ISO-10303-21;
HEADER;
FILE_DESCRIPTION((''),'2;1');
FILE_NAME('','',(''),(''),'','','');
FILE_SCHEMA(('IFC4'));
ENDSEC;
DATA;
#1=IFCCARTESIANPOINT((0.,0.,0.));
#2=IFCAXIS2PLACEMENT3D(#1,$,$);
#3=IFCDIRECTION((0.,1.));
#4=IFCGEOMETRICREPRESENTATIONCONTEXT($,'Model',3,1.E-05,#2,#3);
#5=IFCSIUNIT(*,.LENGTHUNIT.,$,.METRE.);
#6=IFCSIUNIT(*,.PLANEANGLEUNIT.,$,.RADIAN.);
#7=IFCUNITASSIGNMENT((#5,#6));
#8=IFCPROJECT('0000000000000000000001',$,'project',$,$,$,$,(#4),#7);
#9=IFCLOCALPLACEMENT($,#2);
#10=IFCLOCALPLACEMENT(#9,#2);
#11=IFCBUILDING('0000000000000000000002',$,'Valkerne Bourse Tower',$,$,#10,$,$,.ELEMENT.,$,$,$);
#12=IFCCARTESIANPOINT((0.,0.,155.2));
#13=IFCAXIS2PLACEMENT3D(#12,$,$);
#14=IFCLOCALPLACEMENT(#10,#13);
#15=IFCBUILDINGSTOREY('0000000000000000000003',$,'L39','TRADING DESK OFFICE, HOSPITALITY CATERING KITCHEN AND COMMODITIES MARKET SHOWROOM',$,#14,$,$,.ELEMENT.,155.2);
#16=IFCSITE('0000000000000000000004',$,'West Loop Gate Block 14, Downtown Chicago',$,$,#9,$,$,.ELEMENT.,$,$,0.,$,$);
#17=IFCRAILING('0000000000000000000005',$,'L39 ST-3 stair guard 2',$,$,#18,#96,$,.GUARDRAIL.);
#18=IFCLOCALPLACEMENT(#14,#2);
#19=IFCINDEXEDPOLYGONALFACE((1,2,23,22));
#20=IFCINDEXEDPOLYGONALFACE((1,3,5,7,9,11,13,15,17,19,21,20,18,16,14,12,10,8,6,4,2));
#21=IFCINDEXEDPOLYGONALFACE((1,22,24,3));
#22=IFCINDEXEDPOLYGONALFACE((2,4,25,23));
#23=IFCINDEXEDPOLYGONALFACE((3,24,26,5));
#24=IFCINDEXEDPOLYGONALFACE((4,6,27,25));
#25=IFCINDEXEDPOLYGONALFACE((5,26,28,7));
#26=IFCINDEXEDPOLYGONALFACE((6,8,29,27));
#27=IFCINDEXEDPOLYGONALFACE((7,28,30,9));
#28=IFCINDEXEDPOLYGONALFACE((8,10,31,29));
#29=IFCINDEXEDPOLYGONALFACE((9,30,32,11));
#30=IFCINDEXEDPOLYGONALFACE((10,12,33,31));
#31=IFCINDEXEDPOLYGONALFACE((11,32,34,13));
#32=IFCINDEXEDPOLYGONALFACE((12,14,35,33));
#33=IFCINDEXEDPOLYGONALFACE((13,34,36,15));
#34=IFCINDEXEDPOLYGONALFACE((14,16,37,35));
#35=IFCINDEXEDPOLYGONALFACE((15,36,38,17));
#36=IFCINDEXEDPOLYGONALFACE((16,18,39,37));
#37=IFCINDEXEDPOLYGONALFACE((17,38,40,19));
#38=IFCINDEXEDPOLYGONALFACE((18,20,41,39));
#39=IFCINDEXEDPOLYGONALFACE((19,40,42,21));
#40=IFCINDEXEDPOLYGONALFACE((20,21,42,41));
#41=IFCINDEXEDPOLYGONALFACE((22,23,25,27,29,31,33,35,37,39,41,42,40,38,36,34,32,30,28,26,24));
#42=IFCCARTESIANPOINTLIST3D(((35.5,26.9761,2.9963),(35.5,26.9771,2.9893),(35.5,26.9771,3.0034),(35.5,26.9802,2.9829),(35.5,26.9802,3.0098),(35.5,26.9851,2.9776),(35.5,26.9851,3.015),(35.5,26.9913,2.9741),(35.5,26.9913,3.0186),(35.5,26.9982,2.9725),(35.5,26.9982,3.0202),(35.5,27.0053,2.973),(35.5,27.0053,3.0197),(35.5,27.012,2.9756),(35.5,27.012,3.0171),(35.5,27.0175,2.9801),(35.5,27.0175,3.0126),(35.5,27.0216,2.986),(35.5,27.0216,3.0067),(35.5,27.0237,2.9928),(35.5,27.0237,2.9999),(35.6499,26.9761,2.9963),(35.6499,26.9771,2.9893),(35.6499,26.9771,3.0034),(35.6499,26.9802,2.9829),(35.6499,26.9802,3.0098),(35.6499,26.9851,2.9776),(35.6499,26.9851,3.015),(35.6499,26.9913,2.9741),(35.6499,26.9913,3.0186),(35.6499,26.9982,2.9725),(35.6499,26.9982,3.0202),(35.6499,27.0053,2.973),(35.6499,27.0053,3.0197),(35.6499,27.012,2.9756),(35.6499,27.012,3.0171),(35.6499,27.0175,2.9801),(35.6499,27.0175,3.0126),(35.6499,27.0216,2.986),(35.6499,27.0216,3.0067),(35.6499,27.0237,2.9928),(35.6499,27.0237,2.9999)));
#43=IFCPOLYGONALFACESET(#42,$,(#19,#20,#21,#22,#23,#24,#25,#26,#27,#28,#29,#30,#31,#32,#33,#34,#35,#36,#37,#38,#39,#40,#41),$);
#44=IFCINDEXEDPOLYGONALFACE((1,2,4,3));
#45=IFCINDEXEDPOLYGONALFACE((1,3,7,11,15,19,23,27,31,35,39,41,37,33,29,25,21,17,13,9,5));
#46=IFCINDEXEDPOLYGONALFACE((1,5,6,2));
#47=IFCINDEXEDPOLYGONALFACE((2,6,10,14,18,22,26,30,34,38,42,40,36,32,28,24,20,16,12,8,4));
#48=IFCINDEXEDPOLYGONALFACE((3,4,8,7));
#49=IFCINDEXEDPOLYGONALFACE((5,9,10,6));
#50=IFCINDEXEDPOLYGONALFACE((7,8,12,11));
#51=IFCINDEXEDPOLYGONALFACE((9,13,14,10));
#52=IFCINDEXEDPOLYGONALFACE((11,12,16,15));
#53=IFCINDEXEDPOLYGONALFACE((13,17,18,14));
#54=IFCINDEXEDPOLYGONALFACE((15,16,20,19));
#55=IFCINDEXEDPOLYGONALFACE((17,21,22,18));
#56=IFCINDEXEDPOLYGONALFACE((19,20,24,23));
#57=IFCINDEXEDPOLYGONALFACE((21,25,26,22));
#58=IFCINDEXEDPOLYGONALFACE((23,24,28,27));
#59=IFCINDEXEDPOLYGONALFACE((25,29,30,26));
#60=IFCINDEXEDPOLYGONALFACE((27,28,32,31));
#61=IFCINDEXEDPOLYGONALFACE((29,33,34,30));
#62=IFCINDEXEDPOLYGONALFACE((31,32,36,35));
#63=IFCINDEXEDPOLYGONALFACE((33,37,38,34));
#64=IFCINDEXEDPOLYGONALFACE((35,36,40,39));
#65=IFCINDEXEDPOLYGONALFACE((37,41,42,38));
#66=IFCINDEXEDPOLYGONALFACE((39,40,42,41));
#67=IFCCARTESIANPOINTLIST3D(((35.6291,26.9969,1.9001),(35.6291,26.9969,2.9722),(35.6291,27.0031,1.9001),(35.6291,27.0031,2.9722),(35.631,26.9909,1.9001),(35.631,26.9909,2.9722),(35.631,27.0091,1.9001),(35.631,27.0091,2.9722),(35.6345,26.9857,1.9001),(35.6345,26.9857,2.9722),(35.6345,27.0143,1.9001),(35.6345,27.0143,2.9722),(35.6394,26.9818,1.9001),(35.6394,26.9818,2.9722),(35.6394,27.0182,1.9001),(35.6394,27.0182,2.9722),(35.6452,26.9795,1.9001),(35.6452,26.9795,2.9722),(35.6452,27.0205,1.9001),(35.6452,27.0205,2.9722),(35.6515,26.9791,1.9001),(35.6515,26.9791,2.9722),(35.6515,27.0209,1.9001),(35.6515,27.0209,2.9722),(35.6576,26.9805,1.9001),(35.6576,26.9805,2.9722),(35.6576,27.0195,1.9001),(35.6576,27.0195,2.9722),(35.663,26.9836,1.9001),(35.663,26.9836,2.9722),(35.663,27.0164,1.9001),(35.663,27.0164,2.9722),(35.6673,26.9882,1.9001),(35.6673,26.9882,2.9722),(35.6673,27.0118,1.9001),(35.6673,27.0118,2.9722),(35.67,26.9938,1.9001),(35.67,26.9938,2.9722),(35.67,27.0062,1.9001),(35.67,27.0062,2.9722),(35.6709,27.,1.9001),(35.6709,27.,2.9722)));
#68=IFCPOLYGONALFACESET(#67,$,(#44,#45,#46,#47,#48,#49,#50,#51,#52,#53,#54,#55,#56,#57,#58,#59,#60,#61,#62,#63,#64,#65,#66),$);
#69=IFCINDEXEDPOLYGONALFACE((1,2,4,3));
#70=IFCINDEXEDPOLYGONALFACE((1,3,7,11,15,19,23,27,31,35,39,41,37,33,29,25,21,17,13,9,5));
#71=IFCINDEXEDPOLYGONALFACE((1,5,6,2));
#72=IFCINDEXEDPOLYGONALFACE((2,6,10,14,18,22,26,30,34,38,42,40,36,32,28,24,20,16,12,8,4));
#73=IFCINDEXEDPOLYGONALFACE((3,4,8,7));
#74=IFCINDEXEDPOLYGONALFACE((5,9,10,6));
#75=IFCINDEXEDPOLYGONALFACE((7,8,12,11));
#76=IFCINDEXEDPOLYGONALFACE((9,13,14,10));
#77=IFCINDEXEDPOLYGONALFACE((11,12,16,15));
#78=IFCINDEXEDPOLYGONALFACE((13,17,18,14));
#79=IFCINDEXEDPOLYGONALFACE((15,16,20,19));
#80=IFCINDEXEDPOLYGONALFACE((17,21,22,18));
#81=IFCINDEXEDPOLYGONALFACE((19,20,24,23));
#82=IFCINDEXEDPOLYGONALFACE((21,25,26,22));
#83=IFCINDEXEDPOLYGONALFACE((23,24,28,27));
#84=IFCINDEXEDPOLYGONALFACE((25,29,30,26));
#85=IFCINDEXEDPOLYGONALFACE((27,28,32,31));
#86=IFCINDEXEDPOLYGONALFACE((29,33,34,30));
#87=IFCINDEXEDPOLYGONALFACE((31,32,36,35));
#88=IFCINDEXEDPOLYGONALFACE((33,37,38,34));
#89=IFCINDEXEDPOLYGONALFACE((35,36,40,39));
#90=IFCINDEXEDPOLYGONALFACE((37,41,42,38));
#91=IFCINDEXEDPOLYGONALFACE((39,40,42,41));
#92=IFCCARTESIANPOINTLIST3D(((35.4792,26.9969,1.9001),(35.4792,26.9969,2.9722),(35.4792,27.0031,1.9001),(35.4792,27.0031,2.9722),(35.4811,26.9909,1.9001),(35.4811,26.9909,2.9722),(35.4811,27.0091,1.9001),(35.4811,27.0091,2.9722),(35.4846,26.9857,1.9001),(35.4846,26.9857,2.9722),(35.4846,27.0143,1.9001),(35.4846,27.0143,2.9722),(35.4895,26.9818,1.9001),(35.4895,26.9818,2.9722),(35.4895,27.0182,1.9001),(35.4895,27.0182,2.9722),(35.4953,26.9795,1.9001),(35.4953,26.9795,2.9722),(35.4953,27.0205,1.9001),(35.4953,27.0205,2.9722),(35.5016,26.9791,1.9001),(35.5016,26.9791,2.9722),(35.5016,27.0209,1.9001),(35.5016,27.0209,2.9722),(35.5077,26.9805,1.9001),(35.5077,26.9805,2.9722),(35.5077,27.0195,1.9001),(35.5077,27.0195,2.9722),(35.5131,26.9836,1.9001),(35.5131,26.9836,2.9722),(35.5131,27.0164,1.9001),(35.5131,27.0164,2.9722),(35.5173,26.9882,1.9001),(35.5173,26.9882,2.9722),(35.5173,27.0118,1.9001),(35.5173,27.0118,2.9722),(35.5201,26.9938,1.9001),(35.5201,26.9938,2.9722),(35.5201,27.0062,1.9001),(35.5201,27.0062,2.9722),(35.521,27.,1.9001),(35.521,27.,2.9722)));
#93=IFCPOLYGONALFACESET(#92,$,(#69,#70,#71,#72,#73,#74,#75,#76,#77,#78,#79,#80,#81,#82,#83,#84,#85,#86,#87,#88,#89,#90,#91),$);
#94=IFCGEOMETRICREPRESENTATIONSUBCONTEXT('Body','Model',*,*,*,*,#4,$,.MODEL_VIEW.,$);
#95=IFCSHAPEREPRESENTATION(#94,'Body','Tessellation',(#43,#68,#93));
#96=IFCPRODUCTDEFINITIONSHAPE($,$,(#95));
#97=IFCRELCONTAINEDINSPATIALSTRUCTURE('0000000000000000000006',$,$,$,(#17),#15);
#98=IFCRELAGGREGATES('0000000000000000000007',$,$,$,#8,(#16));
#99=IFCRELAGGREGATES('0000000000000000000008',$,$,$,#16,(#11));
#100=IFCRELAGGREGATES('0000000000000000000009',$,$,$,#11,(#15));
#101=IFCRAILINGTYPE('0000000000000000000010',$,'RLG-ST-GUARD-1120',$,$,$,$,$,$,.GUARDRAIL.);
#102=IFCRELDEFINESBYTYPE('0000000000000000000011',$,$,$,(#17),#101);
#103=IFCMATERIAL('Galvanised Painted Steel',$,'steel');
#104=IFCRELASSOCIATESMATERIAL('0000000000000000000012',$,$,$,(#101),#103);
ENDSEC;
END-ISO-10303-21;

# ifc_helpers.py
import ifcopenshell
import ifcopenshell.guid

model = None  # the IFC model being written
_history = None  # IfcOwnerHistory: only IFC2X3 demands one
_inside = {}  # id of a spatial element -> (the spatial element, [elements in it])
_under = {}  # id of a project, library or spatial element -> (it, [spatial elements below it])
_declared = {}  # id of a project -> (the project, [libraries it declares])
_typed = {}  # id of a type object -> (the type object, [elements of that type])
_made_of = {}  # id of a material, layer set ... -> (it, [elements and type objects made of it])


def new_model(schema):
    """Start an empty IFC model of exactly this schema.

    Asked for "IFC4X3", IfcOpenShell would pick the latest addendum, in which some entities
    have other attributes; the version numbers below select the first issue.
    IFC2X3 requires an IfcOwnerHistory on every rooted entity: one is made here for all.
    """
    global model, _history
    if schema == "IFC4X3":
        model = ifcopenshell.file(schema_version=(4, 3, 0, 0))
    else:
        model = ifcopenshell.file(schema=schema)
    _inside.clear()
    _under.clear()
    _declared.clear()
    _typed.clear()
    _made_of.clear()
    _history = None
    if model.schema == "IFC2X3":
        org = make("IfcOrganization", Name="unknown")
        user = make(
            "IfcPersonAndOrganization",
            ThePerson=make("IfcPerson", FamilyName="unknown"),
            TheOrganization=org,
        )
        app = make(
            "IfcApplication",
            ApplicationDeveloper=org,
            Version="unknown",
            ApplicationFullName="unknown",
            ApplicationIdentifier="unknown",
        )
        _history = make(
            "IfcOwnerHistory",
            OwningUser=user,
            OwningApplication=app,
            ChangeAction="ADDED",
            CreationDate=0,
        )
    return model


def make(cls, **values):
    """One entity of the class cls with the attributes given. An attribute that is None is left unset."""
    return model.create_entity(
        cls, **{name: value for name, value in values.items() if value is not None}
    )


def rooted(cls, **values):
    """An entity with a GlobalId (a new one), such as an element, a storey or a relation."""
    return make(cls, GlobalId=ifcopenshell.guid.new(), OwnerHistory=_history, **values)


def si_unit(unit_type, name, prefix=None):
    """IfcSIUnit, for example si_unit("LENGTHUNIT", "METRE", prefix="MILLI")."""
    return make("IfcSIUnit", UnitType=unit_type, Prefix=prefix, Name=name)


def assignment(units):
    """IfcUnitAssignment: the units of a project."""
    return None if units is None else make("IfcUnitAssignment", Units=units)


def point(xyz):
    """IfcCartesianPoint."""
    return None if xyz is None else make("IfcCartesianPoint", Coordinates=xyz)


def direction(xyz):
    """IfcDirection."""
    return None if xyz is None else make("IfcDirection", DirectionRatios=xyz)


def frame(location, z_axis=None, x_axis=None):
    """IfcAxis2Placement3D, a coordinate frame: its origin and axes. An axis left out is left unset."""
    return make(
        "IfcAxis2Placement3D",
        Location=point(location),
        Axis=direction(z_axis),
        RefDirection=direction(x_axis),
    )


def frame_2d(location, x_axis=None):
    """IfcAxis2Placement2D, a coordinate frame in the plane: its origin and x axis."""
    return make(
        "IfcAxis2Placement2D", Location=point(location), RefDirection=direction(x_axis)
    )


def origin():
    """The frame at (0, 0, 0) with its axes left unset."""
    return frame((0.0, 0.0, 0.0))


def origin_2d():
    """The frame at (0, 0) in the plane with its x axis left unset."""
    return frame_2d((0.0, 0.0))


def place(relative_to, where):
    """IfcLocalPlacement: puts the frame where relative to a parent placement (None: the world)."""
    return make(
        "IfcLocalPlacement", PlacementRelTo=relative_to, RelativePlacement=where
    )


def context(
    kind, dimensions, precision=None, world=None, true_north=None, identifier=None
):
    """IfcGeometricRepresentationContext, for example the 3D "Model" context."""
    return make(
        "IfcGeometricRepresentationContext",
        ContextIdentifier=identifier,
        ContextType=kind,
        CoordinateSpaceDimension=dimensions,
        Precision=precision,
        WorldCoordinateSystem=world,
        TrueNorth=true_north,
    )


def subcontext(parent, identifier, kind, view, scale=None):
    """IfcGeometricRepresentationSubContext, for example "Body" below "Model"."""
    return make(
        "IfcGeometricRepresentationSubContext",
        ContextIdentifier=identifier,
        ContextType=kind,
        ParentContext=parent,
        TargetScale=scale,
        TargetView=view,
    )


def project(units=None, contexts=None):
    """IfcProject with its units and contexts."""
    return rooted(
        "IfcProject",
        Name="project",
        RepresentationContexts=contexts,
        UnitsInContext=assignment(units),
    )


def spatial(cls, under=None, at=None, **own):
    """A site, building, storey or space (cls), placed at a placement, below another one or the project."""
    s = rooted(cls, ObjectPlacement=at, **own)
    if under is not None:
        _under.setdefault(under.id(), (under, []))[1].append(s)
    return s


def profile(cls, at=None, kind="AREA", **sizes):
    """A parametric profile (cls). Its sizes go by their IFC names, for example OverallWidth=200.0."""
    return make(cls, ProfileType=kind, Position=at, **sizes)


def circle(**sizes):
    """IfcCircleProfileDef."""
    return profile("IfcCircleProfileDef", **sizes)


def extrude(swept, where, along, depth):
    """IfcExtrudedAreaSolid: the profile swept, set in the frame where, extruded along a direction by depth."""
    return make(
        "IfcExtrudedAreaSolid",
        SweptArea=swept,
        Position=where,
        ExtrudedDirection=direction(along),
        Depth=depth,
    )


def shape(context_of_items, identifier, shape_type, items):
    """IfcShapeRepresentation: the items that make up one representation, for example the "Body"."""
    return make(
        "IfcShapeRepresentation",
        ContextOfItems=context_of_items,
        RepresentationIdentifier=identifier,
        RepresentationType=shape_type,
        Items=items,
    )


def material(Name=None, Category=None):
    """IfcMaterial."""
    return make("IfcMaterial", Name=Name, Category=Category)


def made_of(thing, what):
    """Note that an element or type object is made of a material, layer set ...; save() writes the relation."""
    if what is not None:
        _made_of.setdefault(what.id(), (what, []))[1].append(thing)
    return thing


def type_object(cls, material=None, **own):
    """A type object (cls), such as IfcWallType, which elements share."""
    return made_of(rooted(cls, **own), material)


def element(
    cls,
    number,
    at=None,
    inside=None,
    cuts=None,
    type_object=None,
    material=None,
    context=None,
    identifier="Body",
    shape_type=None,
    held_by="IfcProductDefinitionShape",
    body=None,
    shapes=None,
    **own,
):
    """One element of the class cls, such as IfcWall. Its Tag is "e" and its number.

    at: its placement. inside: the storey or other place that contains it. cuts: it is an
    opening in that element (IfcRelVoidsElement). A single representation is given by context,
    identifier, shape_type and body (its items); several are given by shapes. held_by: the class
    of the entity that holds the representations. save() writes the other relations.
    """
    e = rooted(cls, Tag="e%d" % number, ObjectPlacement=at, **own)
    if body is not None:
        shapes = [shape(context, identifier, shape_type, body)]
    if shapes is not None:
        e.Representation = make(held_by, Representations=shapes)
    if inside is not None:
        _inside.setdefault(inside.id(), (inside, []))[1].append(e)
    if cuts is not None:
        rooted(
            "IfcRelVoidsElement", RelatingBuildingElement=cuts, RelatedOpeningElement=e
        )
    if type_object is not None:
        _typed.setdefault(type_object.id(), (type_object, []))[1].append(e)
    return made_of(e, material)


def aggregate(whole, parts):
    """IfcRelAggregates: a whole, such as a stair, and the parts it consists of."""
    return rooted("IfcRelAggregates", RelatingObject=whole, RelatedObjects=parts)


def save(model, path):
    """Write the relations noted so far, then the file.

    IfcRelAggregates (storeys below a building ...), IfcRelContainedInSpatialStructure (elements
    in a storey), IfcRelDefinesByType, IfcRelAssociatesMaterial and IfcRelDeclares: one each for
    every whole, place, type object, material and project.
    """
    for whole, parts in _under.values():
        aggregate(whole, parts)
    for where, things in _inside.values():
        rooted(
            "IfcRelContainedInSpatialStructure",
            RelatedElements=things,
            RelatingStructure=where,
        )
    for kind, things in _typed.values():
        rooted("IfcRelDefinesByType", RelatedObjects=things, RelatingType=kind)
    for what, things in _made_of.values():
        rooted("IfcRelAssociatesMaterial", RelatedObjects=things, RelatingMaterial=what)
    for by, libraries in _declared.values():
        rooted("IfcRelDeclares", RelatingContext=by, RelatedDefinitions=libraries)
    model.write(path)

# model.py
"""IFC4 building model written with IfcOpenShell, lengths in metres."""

from ifc_helpers import new_model, si_unit, direction, frame, origin, origin_2d, place, context, subcontext, project, spatial, circle, extrude, material, type_object, element, save


model = new_model("IFC4")

# Units and contexts
model_context = context("Model", 3, precision=1e-05, world=origin(), true_north=direction((0.0, 1.0)))
body_context = subcontext(model_context, "Body", "Model", "MODEL_VIEW")
ifc_project = project(units=[si_unit("LENGTHUNIT", "METRE"), si_unit("PLANEANGLEUNIT", "RADIAN")], contexts=[model_context])

# Site, building, storey
site_placement = place(None, origin())
site = spatial("IfcSite", under=ifc_project, at=site_placement, Name="West Loop Gate Block 14, Downtown Chicago", CompositionType="ELEMENT", RefElevation=0.0)
building_placement = place(site_placement, origin())
building = spatial("IfcBuilding", under=site, at=building_placement, Name="Valkerne Bourse Tower", CompositionType="ELEMENT")
storey_placement = place(building_placement, frame((0.0, 0.0, 155.2)))
storey = spatial("IfcBuildingStorey", under=building, at=storey_placement, Name="L39", Description="TRADING DESK OFFICE, HOSPITALITY CATERING KITCHEN AND COMMODITIES MARKET SHOWROOM", CompositionType="ELEMENT", Elevation=155.2)

# Railing
ifc_material_1 = material(Name="Galvanised Painted Steel", Category="steel")
railing_type_1 = type_object("IfcRailingType", Name="RLG-ST-GUARD-1120", PredefinedType="GUARDRAIL", material=ifc_material_1)
railing_1_placement = place(storey_placement, frame((35.6499, 27.0, 1.9001)))
element("IfcRailing", 1, at=railing_1_placement, inside=storey, type_object=railing_type_1, Name="L39 ST-3 stair guard 2", PredefinedType="GUARDRAIL", context=body_context, shape_type="SweptSolid", body=[
    extrude(circle(Radius=0.0239, at=origin_2d()), frame((0.0, 0.0, 1.0962), z_axis=(-1.0, 0.0, 0.0), x_axis=(0.0, -1.0, 0.0)), (0.0, 0.0, 1.0), 0.1499),
    extrude(circle(Radius=0.021, at=origin_2d()), origin(), (0.0, 0.0, 1.0), 1.072),
    extrude(circle(Radius=0.021, at=origin_2d()), frame((-0.1499, 0.0, 0.0)), (0.0, 0.0, 1.0), 1.072),
])

save(model, "model.ifc")
